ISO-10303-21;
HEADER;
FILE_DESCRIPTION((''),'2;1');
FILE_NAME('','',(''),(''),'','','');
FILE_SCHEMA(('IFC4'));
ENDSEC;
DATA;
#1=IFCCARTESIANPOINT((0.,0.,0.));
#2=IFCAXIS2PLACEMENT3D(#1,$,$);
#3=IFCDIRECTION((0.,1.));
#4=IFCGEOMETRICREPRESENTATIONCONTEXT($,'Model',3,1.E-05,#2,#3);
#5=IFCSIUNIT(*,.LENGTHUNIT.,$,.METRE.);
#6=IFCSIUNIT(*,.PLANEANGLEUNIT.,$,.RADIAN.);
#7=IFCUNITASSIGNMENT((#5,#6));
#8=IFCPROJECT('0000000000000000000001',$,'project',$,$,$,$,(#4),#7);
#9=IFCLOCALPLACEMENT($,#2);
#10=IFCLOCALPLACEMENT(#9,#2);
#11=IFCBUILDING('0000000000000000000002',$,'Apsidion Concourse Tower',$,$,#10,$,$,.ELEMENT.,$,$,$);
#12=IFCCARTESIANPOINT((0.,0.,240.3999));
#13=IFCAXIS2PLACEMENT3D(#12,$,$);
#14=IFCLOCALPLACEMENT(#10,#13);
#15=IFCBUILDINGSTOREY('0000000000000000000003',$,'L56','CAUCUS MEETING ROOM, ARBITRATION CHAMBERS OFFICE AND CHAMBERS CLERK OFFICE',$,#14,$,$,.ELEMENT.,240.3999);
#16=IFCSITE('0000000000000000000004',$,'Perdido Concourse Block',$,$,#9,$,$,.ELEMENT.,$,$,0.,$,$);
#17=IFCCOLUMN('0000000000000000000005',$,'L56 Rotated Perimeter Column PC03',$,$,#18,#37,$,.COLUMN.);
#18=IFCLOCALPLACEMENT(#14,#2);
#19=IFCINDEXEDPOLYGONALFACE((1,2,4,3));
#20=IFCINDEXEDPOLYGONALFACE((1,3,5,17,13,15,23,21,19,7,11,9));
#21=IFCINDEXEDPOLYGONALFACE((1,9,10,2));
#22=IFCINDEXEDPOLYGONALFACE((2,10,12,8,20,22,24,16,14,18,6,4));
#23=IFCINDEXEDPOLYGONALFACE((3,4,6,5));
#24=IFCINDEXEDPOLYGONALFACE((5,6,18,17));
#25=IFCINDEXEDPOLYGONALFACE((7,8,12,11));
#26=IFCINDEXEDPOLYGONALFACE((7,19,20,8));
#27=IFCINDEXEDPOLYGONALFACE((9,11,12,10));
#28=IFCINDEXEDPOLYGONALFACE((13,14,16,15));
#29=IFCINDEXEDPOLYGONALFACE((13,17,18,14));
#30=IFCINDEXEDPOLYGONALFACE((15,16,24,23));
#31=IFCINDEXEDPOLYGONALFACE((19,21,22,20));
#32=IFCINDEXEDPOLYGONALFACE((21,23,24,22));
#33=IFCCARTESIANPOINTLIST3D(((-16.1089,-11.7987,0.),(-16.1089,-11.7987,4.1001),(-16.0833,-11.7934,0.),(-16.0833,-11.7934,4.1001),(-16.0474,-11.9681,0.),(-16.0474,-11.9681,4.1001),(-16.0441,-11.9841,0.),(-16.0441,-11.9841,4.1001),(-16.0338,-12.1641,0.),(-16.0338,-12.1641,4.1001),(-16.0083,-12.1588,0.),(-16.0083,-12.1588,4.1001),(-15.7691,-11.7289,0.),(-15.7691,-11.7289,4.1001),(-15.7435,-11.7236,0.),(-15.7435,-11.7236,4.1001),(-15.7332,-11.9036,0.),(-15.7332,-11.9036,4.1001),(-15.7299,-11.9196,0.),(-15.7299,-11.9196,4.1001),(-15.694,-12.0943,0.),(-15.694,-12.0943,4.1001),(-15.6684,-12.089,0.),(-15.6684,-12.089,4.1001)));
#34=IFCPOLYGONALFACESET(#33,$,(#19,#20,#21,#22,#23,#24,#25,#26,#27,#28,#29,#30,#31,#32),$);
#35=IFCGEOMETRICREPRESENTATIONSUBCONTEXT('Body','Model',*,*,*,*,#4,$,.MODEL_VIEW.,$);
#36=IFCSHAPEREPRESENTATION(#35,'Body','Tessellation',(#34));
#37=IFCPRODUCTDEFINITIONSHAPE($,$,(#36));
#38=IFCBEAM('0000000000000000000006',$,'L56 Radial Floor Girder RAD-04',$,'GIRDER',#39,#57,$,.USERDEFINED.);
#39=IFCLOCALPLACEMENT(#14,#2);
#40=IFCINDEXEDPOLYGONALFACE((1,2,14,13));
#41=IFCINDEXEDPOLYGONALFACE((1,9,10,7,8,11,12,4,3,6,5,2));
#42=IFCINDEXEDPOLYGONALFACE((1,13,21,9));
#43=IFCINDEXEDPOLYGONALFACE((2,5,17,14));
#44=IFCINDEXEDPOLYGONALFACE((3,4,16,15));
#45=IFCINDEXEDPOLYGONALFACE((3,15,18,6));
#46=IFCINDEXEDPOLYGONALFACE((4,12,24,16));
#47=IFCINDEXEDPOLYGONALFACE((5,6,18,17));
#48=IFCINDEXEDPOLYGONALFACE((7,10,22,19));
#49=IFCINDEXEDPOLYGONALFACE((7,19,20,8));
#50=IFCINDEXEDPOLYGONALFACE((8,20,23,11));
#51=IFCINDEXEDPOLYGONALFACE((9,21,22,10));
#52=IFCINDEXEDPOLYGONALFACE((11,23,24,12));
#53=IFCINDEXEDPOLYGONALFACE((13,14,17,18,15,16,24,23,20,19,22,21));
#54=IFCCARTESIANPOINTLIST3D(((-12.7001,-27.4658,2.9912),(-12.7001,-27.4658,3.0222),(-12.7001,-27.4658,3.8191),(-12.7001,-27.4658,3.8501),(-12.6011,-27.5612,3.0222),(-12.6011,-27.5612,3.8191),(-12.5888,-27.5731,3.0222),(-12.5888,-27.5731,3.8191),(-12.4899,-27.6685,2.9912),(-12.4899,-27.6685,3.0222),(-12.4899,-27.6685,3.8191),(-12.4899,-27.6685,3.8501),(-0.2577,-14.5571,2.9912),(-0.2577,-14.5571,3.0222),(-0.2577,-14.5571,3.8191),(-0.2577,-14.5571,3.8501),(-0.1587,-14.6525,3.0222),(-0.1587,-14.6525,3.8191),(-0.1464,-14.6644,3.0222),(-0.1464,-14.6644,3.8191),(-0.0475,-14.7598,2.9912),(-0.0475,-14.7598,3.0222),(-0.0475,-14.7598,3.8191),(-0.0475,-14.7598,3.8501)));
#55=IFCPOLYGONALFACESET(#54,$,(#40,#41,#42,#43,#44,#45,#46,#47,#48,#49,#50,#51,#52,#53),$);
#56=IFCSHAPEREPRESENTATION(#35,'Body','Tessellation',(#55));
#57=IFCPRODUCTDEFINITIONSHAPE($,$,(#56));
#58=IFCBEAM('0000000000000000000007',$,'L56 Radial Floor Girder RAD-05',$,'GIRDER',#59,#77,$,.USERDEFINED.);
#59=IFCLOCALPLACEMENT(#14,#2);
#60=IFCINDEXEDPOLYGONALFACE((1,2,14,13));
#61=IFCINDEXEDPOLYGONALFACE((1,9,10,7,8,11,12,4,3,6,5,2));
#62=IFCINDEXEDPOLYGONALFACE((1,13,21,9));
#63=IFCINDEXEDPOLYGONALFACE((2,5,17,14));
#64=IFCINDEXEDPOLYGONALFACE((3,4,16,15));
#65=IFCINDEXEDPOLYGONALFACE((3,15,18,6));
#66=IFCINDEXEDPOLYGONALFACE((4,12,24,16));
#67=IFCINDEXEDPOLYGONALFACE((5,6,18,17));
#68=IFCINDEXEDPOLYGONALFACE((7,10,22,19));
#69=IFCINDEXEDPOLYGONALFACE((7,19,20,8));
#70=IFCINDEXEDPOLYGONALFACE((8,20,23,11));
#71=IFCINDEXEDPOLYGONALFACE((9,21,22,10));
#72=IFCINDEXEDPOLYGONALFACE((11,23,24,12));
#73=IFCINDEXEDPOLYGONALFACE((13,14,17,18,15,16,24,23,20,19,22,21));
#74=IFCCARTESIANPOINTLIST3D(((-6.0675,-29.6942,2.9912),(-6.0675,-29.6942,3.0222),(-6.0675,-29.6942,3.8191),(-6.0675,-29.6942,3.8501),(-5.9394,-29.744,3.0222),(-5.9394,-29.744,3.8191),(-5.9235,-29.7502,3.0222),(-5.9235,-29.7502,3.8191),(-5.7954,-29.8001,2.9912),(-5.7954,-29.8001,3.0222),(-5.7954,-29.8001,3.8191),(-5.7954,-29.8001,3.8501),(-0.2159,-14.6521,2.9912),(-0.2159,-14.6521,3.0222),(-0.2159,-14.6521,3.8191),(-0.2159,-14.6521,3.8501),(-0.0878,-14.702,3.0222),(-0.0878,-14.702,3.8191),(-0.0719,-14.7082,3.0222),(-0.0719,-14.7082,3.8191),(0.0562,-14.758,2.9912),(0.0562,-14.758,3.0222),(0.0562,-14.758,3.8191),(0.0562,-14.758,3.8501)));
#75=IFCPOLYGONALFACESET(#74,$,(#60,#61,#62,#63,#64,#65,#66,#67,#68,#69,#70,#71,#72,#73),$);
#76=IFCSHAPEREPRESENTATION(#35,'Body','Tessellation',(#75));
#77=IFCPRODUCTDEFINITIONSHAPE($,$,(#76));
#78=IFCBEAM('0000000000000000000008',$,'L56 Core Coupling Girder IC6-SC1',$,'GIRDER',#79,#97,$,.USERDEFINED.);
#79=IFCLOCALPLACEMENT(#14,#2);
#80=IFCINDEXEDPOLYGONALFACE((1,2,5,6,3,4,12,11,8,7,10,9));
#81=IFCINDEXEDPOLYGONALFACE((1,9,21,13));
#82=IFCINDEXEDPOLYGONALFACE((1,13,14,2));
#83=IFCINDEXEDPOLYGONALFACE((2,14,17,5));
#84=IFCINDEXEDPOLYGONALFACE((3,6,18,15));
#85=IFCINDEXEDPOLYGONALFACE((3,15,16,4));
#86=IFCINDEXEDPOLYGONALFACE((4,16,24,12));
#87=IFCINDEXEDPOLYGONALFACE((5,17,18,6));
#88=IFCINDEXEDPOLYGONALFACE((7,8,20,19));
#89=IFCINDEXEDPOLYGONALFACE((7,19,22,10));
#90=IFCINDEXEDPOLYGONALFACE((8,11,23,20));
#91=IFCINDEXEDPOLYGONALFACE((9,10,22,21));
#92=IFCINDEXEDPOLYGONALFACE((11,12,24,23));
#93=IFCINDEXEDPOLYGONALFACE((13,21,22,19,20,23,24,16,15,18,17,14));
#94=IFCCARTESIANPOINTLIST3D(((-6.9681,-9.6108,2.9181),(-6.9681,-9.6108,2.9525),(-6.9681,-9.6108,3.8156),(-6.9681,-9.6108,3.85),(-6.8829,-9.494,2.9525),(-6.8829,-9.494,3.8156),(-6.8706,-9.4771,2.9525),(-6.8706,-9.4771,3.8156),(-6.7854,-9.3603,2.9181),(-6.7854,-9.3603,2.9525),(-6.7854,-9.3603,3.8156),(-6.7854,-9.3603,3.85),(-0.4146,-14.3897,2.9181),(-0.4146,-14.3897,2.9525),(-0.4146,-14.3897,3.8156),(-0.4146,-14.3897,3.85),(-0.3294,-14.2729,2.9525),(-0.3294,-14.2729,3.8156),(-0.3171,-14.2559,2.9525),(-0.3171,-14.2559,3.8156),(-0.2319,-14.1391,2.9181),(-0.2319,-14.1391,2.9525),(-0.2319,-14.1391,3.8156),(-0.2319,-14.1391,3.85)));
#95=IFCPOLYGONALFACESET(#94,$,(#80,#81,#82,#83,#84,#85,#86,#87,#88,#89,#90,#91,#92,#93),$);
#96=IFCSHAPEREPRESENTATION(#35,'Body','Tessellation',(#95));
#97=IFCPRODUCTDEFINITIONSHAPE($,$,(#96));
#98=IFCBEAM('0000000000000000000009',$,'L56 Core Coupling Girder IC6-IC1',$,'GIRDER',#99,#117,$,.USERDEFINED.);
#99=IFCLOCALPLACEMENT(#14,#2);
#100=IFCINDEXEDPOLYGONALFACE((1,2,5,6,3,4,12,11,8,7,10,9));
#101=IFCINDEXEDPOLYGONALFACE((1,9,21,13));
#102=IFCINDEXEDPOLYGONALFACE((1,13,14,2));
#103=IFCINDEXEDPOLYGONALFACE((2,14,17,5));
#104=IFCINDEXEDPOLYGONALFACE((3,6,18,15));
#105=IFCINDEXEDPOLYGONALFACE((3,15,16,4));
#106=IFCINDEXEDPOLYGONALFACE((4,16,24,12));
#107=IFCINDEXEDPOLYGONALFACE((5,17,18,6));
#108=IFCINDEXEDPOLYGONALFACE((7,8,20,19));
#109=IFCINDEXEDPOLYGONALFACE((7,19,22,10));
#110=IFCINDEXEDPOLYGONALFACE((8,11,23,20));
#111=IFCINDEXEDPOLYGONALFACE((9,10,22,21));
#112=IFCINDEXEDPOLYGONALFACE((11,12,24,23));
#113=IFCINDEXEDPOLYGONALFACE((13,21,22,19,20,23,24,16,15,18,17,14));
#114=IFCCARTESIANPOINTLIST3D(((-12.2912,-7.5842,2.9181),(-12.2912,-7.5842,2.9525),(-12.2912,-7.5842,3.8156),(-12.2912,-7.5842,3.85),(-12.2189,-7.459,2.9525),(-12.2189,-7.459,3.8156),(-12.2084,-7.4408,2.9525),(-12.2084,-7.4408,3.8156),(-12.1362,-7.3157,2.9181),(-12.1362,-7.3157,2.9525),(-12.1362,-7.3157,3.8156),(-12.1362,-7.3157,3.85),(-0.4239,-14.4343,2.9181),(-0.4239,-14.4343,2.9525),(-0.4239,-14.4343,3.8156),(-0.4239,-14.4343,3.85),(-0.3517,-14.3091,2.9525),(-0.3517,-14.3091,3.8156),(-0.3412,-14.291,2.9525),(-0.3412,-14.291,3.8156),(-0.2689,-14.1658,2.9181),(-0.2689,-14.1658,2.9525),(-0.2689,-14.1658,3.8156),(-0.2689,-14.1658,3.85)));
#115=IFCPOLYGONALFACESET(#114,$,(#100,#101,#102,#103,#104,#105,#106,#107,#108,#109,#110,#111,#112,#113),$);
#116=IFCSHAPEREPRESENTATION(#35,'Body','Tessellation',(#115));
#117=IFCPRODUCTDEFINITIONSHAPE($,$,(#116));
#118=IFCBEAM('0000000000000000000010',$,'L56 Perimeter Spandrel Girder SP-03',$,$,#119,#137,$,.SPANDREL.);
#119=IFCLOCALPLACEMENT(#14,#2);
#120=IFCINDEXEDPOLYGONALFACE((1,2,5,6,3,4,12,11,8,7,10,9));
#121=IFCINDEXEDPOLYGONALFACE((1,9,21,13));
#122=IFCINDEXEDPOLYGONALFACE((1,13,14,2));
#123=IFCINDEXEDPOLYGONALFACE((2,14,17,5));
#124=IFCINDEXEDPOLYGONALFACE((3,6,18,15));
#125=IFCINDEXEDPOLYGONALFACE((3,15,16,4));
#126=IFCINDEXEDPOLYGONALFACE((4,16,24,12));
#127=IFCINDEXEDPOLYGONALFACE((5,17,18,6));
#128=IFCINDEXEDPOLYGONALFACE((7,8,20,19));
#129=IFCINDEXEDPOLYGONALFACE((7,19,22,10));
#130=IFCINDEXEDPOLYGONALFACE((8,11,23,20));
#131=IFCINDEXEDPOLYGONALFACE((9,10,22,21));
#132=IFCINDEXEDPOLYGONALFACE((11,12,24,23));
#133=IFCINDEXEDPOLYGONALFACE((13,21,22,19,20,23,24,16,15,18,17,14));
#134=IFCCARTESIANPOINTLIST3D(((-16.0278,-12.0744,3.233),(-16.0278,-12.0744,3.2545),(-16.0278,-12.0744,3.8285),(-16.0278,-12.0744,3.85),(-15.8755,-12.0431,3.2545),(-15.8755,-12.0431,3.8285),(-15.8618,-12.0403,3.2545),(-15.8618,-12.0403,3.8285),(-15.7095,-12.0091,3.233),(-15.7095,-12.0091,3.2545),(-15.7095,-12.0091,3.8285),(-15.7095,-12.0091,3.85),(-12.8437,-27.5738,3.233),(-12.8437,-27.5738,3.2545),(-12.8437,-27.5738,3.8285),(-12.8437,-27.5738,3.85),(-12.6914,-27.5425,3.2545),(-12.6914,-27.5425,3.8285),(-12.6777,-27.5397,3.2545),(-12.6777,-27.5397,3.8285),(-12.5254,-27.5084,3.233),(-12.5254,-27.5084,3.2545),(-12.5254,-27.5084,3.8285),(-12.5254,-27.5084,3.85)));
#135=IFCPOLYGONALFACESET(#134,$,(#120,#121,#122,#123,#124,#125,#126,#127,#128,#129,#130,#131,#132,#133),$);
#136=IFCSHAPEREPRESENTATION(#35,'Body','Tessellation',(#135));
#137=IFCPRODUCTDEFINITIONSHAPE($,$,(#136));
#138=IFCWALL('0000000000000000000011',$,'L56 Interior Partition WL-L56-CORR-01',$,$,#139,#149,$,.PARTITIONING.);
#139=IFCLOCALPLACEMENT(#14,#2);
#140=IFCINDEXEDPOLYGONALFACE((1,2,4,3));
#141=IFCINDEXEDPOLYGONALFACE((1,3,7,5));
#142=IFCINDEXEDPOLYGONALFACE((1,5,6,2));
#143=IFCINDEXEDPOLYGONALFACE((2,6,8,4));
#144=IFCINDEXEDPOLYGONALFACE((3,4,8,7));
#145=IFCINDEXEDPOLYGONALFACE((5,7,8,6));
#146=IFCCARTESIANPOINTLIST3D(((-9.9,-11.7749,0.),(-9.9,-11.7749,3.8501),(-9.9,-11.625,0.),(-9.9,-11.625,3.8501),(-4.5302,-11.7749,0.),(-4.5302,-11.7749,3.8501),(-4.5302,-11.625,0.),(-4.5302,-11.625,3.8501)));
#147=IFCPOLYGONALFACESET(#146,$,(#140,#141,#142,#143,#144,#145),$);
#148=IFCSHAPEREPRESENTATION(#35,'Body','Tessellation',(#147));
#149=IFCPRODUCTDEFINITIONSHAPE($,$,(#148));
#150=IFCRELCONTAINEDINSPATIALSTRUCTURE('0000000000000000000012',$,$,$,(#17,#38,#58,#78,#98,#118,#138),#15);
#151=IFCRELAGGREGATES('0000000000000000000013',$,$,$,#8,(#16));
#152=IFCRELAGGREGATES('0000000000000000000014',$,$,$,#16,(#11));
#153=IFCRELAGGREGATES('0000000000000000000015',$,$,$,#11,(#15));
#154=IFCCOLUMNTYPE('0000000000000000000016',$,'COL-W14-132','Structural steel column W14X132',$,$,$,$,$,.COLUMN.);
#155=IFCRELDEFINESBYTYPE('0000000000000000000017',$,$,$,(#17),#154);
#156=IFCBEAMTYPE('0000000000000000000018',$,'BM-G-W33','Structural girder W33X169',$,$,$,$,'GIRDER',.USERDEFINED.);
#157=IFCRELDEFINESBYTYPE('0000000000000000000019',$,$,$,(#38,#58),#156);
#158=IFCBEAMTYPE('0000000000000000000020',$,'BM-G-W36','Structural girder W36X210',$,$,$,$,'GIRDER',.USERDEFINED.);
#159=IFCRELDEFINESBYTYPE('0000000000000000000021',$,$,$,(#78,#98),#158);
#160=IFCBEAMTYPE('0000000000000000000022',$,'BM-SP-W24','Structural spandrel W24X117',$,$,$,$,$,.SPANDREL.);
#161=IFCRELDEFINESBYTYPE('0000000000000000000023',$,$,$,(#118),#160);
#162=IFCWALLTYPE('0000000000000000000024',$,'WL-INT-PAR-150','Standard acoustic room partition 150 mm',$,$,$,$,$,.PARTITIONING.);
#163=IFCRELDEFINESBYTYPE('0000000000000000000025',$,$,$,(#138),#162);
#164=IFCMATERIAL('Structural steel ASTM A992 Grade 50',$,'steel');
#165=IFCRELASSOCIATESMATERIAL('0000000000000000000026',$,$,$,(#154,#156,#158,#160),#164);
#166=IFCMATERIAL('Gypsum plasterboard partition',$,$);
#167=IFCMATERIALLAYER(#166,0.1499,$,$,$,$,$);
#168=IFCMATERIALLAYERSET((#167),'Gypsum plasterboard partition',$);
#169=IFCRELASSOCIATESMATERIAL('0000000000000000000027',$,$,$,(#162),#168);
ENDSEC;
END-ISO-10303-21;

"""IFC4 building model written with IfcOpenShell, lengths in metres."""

from ifc_helpers import new_model, si_unit, direction, frame, frame_2d, origin, origin_2d, place, context, subcontext, project, spatial, rectangle, i_section, extrude, material, layer, layer_set, material_profile, profile_set, type_object, element, save


model = new_model("IFC4")

# Units and contexts
model_context = context("Model", 3, precision=1e-05, world=origin(), true_north=direction((0.0, 1.0)))
body_context = subcontext(model_context, "Body", "Model", "MODEL_VIEW")
ifc_project = project(units=[si_unit("LENGTHUNIT", "METRE"), si_unit("PLANEANGLEUNIT", "RADIAN")], contexts=[model_context])

# Site, building, storey
site_placement = place(None, origin())
site = spatial("IfcSite", under=ifc_project, at=site_placement, Name="Perdido Concourse Block", CompositionType="ELEMENT", RefElevation=0.0)
building_placement = place(site_placement, origin())
building = spatial("IfcBuilding", under=site, at=building_placement, Name="Apsidion Concourse Tower", CompositionType="ELEMENT")
storey_placement = place(building_placement, frame((0.0, 0.0, 240.3999)))
storey = spatial("IfcBuildingStorey", under=building, at=storey_placement, Name="L56", Description="CAUCUS MEETING ROOM, ARBITRATION CHAMBERS OFFICE AND CHAMBERS CLERK OFFICE", CompositionType="ELEMENT", Elevation=240.3999)

# Column
ifc_material_1 = material(Name="Structural steel ASTM A992 Grade 50", Category="steel")
ifc_material_profile_1 = material_profile(ifc_material_1, i_section(OverallWidth=0.373, OverallDepth=0.373, WebThickness=0.0164, FlangeThickness=0.0261, at=origin_2d()), Name="W14X132")
ifc_profile_set_1 = profile_set([ifc_material_profile_1], Name="Structural steel ASTM A992 Grade 50")
column_type = type_object("IfcColumnType", Name="COL-W14-132", Description="Structural steel column W14X132", PredefinedType="COLUMN", material=ifc_profile_set_1)
column_placement = place(storey_placement, frame((-15.8887, -11.9438, 0.0), z_axis=(0.0, 0.0, 1.0), x_axis=(-0.201249, 0.97954, 0.0)))
element("IfcColumn", 1, at=column_placement, inside=storey, type_object=column_type, Name="L56 Rotated Perimeter Column PC03", PredefinedType="COLUMN", context=body_context, shape_type="SweptSolid", body=[
    extrude(i_section(OverallWidth=0.373, OverallDepth=0.373, WebThickness=0.0164, FlangeThickness=0.0261, at=origin_2d()), origin(), (0.0, 0.0, 1.0), 4.1001),
])

# Beams
ifc_material_profile_2 = material_profile(ifc_material_1, i_section(OverallWidth=0.292, OverallDepth=0.8589, WebThickness=0.0171, FlangeThickness=0.031, at=origin_2d()), Name="W33X169")
ifc_profile_set_2 = profile_set([ifc_material_profile_2], Name="Structural steel ASTM A992 Grade 50")
beam_type_1 = type_object("IfcBeamType", Name="BM-G-W33", Description="Structural girder W33X169", ElementType="GIRDER", PredefinedType="USERDEFINED", material=ifc_profile_set_2)
beam_1_placement = place(storey_placement, frame((-0.1526, -14.6584, 3.4207), z_axis=(-0.693983, -0.719992, 0.0), x_axis=(0.719992, -0.693983, 0.0)))
element("IfcBeam", 2, at=beam_1_placement, inside=storey, type_object=beam_type_1, Name="L56 Radial Floor Girder RAD-04", ObjectType="GIRDER", PredefinedType="USERDEFINED", context=body_context, shape_type="SweptSolid", body=[
    extrude(i_section(OverallWidth=0.292, OverallDepth=0.8589, WebThickness=0.0171, FlangeThickness=0.031, at=origin_2d()), origin(), (0.0, 0.0, 1.0), 17.929),
])
beam_2_placement = place(storey_placement, frame((-0.0798, -14.7051, 3.4207), z_axis=(-0.362548, -0.931965, 0.0), x_axis=(0.931965, -0.362548, 0.0)))
element("IfcBeam", 3, at=beam_2_placement, inside=storey, type_object=beam_type_1, Name="L56 Radial Floor Girder RAD-05", ObjectType="GIRDER", PredefinedType="USERDEFINED", context=body_context, shape_type="SweptSolid", body=[
    extrude(i_section(OverallWidth=0.292, OverallDepth=0.8589, WebThickness=0.0171, FlangeThickness=0.031, at=origin_2d()), origin(), (0.0, 0.0, 1.0), 16.1401),
])
ifc_material_profile_3 = material_profile(ifc_material_1, i_section(OverallWidth=0.3101, OverallDepth=0.9319, WebThickness=0.021, FlangeThickness=0.0344, at=origin_2d()), Name="W36X210")
ifc_profile_set_3 = profile_set([ifc_material_profile_3], Name="Structural steel ASTM A992 Grade 50")
beam_type_2 = type_object("IfcBeamType", Name="BM-G-W36", Description="Structural girder W36X210", ElementType="GIRDER", PredefinedType="USERDEFINED", material=ifc_profile_set_3)
beam_3_placement = place(storey_placement, frame((-0.3232, -14.2644, 3.384), z_axis=(-0.807993, 0.589191, 0.0), x_axis=(-0.589191, -0.807993, 0.0)))
element("IfcBeam", 4, at=beam_3_placement, inside=storey, type_object=beam_type_2, Name="L56 Core Coupling Girder IC6-SC1", ObjectType="GIRDER", PredefinedType="USERDEFINED", context=body_context, shape_type="SweptSolid", body=[
    extrude(i_section(OverallWidth=0.3101, OverallDepth=0.9319, WebThickness=0.021, FlangeThickness=0.0344, at=origin_2d()), origin(), (0.0, 0.0, 1.0), 8.1108),
])
beam_4_placement = place(storey_placement, frame((-0.3464, -14.3, 3.384), z_axis=(-0.86607, 0.499922, 0.0), x_axis=(-0.499922, -0.86607, 0.0)))
element("IfcBeam", 5, at=beam_4_placement, inside=storey, type_object=beam_type_2, Name="L56 Core Coupling Girder IC6-IC1", ObjectType="GIRDER", PredefinedType="USERDEFINED", context=body_context, shape_type="SweptSolid", body=[
    extrude(i_section(OverallWidth=0.3101, OverallDepth=0.9319, WebThickness=0.021, FlangeThickness=0.0344, at=origin_2d()), origin(), (0.0, 0.0, 1.0), 13.7024),
])
ifc_material_profile_4 = material_profile(ifc_material_1, i_section(OverallWidth=0.325, OverallDepth=0.6169, WebThickness=0.0139, FlangeThickness=0.0215, at=origin_2d()), Name="W24X117")
ifc_profile_set_4 = profile_set([ifc_material_profile_4], Name="Structural steel ASTM A992 Grade 50")
beam_type_3 = type_object("IfcBeamType", Name="BM-SP-W24", Description="Structural spandrel W24X117", PredefinedType="SPANDREL", material=ifc_profile_set_4)
beam_5_placement = place(storey_placement, frame((-15.8687, -12.0417, 3.5415), z_axis=(0.201232, -0.979544, 0.0), x_axis=(0.979544, 0.201232, 0.0)))
element("IfcBeam", 6, at=beam_5_placement, inside=storey, type_object=beam_type_3, Name="L56 Perimeter Spandrel Girder SP-03", PredefinedType="SPANDREL", context=body_context, shape_type="SweptSolid", body=[
    extrude(i_section(OverallWidth=0.325, OverallDepth=0.6169, WebThickness=0.0139, FlangeThickness=0.0215, at=origin_2d()), origin(), (0.0, 0.0, 1.0), 15.823),
])

# Wall
ifc_material_2 = material(Name="Gypsum plasterboard partition")
ifc_layer = layer(ifc_material_2, 0.1499)
ifc_layer_set = layer_set([ifc_layer], Name="Gypsum plasterboard partition")
wall_type = type_object("IfcWallType", Name="WL-INT-PAR-150", Description="Standard acoustic room partition 150 mm", PredefinedType="PARTITIONING", material=ifc_layer_set)
wall_1_placement = place(storey_placement, frame((-4.53, -11.7, 0.0), z_axis=(0.0, 0.0, 1.0), x_axis=(-1.0, 0.0, 0.0)))
element("IfcWall", 7, at=wall_1_placement, inside=storey, type_object=wall_type, Name="L56 Interior Partition WL-L56-CORR-01", PredefinedType="PARTITIONING", context=body_context, shape_type="SweptSolid", body=[
    extrude(rectangle(XDim=5.3699, YDim=0.1499, at=frame_2d((2.6851, 0.0))), origin(), (0.0, 0.0, 1.0), 3.8501),
])

save(model, "model.ifc")
